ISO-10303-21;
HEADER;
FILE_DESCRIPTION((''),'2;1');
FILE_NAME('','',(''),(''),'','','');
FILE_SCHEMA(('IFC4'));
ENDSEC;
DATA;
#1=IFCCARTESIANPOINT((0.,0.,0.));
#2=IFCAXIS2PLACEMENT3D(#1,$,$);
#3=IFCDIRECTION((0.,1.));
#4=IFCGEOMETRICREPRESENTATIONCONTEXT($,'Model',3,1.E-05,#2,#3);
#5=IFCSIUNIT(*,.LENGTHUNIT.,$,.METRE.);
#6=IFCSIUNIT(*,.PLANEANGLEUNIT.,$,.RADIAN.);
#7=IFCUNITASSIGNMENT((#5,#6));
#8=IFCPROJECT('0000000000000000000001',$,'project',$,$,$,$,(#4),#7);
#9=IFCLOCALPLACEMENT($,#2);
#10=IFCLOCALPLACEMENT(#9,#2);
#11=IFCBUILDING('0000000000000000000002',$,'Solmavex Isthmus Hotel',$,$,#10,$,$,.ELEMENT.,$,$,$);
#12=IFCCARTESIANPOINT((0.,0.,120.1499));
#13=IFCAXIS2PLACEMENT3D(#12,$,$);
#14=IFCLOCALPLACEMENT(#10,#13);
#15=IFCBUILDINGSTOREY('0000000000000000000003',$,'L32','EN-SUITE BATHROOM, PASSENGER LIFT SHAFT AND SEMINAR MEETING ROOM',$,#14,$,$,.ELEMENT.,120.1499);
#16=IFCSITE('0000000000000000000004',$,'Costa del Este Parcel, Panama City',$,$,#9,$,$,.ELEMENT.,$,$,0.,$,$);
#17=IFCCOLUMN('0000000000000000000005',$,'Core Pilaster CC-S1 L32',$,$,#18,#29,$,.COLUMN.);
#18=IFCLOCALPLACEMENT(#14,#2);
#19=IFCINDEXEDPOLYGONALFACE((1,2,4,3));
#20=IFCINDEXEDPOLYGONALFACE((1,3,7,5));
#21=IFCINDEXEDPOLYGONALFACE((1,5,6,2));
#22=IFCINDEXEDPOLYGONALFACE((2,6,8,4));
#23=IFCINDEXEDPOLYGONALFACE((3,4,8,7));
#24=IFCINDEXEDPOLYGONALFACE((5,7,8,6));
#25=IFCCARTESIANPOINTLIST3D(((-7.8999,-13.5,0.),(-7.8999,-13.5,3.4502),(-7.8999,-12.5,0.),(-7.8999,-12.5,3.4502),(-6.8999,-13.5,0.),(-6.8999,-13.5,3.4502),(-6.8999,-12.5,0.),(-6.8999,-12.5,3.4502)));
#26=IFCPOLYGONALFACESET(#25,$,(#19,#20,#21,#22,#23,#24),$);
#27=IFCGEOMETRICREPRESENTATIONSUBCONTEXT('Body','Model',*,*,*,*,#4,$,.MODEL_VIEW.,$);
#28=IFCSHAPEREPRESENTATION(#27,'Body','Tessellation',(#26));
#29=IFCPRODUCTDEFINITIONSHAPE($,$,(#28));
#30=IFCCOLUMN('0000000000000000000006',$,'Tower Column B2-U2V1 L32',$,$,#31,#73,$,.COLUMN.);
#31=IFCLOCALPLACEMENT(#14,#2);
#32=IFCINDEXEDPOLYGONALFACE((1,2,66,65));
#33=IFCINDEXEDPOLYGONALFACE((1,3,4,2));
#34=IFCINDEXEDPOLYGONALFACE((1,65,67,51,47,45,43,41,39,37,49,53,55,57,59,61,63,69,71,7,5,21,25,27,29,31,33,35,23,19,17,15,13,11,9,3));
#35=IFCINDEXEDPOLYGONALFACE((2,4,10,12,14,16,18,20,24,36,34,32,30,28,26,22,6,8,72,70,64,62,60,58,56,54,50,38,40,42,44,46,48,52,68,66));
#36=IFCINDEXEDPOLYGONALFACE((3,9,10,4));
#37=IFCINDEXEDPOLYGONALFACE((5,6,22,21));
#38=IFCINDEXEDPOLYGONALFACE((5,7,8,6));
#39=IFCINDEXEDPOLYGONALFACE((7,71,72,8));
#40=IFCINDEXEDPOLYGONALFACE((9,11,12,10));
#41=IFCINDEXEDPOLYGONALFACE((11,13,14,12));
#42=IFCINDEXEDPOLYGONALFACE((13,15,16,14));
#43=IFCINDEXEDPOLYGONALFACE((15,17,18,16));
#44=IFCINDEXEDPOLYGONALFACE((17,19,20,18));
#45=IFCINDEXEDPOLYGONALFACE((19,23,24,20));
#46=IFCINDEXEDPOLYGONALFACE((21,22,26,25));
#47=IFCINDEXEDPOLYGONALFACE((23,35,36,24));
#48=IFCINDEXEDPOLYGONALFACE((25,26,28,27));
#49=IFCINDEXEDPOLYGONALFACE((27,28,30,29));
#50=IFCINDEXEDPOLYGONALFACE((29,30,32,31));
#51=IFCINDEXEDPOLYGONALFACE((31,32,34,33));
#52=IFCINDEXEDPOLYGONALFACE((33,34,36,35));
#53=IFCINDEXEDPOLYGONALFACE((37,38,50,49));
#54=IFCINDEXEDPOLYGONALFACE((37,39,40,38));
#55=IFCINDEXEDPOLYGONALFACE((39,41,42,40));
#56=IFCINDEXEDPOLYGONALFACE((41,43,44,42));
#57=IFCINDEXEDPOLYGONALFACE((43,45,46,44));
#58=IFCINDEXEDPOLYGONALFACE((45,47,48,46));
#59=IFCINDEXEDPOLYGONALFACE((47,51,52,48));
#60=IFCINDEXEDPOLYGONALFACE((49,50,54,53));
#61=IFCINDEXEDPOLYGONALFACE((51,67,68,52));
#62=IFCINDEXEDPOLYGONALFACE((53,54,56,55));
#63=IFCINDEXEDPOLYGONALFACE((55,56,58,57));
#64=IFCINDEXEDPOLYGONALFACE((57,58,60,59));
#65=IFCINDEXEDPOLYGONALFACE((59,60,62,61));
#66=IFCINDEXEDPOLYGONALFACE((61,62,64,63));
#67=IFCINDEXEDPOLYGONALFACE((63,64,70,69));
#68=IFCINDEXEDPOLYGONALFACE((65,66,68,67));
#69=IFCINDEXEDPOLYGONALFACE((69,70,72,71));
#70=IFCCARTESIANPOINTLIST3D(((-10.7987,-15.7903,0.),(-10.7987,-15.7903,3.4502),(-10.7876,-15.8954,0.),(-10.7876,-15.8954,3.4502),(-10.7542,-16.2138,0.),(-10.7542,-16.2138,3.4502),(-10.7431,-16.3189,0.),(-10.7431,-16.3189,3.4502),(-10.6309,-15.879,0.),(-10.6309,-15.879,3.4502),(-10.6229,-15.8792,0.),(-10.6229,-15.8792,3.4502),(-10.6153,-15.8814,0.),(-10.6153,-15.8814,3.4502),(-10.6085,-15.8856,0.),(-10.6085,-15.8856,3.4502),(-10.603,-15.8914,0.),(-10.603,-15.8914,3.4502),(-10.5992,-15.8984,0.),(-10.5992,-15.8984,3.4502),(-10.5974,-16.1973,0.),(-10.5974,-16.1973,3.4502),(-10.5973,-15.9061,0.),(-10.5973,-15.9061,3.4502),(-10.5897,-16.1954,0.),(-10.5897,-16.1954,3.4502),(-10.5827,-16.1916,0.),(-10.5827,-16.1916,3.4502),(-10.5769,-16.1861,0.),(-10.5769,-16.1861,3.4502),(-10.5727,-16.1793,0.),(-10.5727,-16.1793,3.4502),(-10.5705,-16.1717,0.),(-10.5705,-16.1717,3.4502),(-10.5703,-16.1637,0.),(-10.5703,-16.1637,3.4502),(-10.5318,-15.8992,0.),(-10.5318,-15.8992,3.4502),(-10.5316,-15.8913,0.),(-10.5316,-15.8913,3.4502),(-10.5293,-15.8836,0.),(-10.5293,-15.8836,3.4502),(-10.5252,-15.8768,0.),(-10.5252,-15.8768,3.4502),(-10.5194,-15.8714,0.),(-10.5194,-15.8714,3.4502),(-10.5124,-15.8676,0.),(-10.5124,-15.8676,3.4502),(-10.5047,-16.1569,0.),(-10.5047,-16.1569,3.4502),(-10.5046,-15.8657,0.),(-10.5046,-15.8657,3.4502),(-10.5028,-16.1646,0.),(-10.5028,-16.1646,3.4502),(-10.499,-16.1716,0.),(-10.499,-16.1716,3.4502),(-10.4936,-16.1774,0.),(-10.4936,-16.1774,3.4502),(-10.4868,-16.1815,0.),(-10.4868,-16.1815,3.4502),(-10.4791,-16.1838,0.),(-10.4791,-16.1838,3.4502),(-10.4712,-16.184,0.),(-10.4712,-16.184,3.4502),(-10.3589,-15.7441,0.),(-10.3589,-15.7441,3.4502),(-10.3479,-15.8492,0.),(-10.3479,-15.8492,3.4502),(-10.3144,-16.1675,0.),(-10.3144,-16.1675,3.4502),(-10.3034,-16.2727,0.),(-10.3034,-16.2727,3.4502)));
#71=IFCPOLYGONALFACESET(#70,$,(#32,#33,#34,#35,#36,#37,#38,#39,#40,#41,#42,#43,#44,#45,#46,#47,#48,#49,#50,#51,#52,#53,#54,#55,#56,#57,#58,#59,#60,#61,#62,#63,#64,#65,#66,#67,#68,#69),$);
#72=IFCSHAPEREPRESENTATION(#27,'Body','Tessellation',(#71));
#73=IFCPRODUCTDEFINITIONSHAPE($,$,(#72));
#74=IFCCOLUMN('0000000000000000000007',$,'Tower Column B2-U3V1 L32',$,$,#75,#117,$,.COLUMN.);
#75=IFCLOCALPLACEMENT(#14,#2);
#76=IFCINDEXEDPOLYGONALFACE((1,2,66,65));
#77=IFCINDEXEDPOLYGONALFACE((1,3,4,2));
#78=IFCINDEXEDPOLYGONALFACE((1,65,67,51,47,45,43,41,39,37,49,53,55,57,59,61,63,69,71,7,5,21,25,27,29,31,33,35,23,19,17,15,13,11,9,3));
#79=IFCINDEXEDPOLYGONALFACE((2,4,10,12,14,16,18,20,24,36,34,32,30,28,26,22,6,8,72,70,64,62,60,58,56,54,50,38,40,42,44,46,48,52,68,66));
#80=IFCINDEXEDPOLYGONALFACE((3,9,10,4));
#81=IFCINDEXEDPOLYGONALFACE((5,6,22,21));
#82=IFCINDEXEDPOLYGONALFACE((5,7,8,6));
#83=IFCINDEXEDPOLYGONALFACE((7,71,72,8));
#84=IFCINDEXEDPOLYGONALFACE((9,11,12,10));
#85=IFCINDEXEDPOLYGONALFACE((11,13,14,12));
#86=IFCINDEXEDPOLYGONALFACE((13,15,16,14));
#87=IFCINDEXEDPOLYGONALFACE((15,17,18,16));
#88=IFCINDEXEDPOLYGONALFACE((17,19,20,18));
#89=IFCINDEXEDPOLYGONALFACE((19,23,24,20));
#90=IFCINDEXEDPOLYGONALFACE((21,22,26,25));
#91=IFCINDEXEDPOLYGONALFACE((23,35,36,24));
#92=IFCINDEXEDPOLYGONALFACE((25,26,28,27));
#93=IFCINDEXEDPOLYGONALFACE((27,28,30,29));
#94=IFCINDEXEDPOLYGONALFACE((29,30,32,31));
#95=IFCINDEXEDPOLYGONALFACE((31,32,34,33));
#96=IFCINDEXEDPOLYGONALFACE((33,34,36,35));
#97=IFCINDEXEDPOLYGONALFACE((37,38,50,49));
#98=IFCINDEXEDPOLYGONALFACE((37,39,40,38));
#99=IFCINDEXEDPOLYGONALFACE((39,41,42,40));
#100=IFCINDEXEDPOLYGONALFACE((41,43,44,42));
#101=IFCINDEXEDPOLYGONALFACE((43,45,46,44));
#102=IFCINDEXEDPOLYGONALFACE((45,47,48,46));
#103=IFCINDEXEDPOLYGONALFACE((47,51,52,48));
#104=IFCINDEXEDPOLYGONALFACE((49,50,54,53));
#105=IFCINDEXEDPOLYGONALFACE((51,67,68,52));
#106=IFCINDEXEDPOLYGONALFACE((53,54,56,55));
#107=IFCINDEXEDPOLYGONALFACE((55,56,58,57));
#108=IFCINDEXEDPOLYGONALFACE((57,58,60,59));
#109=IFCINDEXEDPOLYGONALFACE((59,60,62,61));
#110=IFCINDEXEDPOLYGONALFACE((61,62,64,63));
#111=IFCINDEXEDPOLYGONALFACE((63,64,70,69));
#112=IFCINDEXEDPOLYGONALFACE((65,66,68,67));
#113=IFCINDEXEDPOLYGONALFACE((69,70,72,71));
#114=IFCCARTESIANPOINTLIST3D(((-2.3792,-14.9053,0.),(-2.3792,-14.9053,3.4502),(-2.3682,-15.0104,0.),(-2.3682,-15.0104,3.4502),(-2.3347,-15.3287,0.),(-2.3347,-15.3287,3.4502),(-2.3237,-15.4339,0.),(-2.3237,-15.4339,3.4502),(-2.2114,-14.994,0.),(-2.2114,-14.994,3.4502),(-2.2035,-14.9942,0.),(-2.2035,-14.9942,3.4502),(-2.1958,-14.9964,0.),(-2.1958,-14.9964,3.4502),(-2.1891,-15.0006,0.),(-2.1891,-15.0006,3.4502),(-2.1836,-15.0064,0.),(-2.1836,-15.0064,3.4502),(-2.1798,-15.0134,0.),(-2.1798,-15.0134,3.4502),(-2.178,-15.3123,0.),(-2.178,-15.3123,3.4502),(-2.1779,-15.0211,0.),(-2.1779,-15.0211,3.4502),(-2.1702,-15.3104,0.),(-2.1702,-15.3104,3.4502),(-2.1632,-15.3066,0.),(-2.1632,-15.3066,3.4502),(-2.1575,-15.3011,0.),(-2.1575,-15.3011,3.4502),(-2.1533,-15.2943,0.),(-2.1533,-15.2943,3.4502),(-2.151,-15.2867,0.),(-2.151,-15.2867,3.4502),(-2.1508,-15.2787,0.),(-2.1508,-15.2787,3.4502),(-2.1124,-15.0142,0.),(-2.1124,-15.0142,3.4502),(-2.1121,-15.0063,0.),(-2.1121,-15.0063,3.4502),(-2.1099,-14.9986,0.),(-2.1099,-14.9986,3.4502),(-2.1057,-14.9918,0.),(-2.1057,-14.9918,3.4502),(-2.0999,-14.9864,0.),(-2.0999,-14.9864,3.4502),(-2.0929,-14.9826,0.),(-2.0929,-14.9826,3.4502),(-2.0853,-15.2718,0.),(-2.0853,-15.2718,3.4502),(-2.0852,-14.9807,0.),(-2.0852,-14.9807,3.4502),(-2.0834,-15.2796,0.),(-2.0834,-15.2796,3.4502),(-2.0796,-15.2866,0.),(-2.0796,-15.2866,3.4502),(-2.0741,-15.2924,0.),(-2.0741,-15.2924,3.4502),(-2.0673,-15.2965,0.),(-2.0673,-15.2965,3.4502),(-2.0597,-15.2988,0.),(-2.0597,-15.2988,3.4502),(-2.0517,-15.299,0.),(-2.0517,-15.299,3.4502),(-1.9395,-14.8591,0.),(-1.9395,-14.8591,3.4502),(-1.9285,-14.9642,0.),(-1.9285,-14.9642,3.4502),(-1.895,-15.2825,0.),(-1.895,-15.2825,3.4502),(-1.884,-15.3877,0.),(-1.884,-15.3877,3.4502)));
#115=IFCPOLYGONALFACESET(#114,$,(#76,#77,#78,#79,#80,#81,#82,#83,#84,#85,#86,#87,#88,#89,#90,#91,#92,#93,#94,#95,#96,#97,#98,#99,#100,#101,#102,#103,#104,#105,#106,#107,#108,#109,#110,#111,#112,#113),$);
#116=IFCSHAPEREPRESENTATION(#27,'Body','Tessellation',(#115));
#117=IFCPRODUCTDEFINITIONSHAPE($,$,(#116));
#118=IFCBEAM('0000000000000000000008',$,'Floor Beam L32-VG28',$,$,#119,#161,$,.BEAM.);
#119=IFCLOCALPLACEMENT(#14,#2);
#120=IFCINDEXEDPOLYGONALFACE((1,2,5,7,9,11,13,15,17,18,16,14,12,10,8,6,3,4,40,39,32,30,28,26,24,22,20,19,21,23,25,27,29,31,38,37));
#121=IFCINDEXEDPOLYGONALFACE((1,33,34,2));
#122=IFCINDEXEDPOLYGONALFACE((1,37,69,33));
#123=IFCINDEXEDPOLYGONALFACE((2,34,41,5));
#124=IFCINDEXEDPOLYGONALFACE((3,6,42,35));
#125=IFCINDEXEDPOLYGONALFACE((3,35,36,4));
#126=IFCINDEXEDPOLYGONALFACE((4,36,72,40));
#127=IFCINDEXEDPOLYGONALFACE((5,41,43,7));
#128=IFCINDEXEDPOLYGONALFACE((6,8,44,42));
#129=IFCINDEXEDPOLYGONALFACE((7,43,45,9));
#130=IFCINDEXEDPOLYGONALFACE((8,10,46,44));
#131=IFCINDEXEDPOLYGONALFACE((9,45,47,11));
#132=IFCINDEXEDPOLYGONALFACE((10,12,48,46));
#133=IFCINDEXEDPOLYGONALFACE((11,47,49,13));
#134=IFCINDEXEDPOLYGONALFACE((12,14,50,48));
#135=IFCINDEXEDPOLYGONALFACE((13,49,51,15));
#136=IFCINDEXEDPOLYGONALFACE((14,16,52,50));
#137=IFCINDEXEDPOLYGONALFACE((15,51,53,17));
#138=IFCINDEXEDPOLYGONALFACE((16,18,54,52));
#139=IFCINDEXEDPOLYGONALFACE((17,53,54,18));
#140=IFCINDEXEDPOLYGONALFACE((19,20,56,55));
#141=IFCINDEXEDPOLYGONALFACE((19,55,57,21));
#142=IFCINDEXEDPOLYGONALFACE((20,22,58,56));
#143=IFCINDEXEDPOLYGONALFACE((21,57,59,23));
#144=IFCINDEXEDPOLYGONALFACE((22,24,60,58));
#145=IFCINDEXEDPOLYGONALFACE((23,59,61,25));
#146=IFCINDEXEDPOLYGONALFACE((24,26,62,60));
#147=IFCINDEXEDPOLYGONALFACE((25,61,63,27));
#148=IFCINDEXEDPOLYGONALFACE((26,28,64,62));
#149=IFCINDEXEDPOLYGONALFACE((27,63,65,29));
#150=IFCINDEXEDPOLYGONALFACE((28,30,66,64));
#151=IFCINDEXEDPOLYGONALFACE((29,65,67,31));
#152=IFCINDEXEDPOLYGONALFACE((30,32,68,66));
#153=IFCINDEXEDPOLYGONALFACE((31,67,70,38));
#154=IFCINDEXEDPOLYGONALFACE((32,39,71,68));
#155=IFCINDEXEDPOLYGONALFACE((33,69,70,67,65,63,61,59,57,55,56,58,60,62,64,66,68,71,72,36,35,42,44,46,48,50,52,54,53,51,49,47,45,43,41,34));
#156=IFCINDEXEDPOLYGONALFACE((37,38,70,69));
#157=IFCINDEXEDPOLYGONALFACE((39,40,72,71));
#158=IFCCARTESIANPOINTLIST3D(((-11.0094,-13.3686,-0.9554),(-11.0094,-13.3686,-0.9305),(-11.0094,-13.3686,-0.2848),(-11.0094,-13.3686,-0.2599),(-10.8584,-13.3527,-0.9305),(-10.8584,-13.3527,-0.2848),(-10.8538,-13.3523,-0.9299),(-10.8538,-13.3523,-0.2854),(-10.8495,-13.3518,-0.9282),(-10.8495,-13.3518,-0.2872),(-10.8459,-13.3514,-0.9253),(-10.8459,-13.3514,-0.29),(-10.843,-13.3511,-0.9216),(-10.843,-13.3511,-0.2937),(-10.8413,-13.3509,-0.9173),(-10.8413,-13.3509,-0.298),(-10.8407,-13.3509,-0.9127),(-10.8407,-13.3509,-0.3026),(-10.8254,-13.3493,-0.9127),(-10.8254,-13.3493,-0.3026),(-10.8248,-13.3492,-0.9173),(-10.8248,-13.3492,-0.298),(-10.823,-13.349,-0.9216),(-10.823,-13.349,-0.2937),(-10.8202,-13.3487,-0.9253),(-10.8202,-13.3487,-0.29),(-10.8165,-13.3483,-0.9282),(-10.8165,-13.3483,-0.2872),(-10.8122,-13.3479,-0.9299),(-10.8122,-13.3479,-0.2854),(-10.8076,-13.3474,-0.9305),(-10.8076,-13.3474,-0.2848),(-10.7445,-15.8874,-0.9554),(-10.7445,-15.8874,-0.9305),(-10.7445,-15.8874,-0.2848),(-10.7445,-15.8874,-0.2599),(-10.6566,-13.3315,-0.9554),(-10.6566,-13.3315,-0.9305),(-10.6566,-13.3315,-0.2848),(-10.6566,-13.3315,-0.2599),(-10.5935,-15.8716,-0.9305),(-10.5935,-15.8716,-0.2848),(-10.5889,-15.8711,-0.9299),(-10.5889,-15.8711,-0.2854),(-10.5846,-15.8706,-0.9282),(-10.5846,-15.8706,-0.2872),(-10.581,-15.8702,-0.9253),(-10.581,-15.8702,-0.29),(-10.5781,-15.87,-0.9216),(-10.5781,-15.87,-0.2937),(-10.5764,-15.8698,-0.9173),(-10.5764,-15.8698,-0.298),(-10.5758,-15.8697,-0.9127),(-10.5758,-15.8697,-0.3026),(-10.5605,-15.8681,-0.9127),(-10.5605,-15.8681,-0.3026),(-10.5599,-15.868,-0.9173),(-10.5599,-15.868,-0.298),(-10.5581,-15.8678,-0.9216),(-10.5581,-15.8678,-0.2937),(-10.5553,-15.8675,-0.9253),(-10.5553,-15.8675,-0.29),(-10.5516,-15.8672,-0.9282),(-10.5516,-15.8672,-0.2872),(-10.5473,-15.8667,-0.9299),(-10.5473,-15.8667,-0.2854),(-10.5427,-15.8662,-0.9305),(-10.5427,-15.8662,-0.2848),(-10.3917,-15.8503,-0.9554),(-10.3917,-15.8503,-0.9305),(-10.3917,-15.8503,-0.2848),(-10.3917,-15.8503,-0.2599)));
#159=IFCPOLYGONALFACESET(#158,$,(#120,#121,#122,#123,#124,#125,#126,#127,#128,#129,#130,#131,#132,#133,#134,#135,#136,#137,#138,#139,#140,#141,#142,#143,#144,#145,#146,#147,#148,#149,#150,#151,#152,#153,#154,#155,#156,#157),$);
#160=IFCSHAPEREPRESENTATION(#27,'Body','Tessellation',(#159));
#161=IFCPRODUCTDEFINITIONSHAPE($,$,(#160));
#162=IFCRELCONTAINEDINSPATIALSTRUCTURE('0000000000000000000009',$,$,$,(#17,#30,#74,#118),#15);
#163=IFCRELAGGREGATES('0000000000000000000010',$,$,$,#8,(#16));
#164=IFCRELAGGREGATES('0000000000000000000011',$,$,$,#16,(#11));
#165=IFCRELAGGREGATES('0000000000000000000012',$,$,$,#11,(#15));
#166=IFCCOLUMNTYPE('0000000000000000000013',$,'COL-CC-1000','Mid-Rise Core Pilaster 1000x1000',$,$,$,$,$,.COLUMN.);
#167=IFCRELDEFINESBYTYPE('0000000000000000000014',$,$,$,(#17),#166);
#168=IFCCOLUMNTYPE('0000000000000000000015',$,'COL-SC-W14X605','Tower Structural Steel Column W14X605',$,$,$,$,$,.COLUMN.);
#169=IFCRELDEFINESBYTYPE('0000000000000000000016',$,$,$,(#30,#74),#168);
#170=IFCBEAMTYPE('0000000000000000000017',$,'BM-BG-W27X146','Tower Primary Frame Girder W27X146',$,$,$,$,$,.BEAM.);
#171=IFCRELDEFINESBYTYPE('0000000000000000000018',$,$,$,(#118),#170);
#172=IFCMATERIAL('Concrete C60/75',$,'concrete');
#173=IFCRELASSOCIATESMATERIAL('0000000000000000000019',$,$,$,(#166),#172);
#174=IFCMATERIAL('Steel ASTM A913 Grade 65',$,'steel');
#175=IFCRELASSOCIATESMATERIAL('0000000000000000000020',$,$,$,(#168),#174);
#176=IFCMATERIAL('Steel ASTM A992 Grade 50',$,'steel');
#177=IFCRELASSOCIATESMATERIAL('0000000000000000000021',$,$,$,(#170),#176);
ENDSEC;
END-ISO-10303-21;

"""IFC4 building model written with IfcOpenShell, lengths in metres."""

from ifc_helpers import new_model, si_unit, direction, frame, origin, origin_2d, place, context, subcontext, project, spatial, rectangle, i_section, extrude, material, material_profile, profile_set, type_object, element, save


model = new_model("IFC4")

# Units and contexts
model_context = context("Model", 3, precision=1e-05, world=origin(), true_north=direction((0.0, 1.0)))
body_context = subcontext(model_context, "Body", "Model", "MODEL_VIEW")
ifc_project = project(units=[si_unit("LENGTHUNIT", "METRE"), si_unit("PLANEANGLEUNIT", "RADIAN")], contexts=[model_context])

# Site, building, storey
site_placement = place(None, origin())
site = spatial("IfcSite", under=ifc_project, at=site_placement, Name="Costa del Este Parcel, Panama City", CompositionType="ELEMENT", RefElevation=0.0)
building_placement = place(site_placement, origin())
building = spatial("IfcBuilding", under=site, at=building_placement, Name="Solmavex Isthmus Hotel", CompositionType="ELEMENT")
storey_placement = place(building_placement, frame((0.0, 0.0, 120.1499)))
storey = spatial("IfcBuildingStorey", under=building, at=storey_placement, Name="L32", Description="EN-SUITE BATHROOM, PASSENGER LIFT SHAFT AND SEMINAR MEETING ROOM", CompositionType="ELEMENT", Elevation=120.1499)

# Columns
ifc_material_1 = material(Name="Concrete C60/75", Category="concrete")
ifc_material_profile_1 = material_profile(ifc_material_1, rectangle(XDim=1.0, YDim=1.0, at=origin_2d()), Name="RC1000X1000")
ifc_profile_set_1 = profile_set([ifc_material_profile_1], Name="Concrete C60/75")
column_type_1 = type_object("IfcColumnType", Name="COL-CC-1000", Description="Mid-Rise Core Pilaster 1000x1000", PredefinedType="COLUMN", material=ifc_profile_set_1)
column_placement = place(storey_placement, frame((-7.3999, -13.0, 0.0), z_axis=(0.0, 0.0, 1.0), x_axis=(1.0, 0.0, 0.0)))
element("IfcColumn", 1, at=column_placement, inside=storey, type_object=column_type_1, Name="Core Pilaster CC-S1 L32", PredefinedType="COLUMN", context=body_context, shape_type="SweptSolid", body=[
    extrude(rectangle(XDim=1.0, YDim=1.0, at=origin_2d()), origin(), (0.0, 0.0, 1.0), 3.4502),
])
ifc_material_2 = material(Name="Steel ASTM A913 Grade 65", Category="steel")
ifc_material_profile_2 = material_profile(ifc_material_2, i_section(OverallWidth=0.4421, OverallDepth=0.5315, WebThickness=0.0659, FlangeThickness=0.1057, FilletRadius=0.0305, at=origin_2d()), Name="W14X605")
ifc_profile_set_2 = profile_set([ifc_material_profile_2], Name="Steel ASTM A913 Grade 65")
column_type_2 = type_object("IfcColumnType", Name="COL-SC-W14X605", Description="Tower Structural Steel Column W14X605", PredefinedType="COLUMN", material=ifc_profile_set_2)
for number, where, z_axis, x_axis, name in (
    (2, (-10.551, -16.0315, 0.0), (0.0, 0.0, 1.0), (0.994522, 0.104528, 0.0), "Tower Column B2-U2V1 L32"),
    (3, (-2.1316, -15.1465, 0.0), (0.0, 0.0, 1.0), (0.994522, 0.104528, 0.0), "Tower Column B2-U3V1 L32"),
):
    element("IfcColumn", number, at=place(storey_placement, frame(where, z_axis=z_axis, x_axis=x_axis)), inside=storey, type_object=column_type_2, Name=name, PredefinedType="COLUMN", context=body_context, shape_type="SweptSolid", body=[
        extrude(i_section(OverallWidth=0.4421, OverallDepth=0.5315, WebThickness=0.0659, FlangeThickness=0.1057, FilletRadius=0.0305, at=origin_2d()), origin(), (0.0, 0.0, 1.0), 3.4502),
    ])

# Beam
ifc_material_3 = material(Name="Steel ASTM A992 Grade 50", Category="steel")
ifc_material_profile_3 = material_profile(ifc_material_3, i_section(OverallWidth=0.3547, OverallDepth=0.6956, WebThickness=0.0154, FlangeThickness=0.0249, FilletRadius=0.0178, at=origin_2d()), Name="W27X146")
ifc_profile_set_3 = profile_set([ifc_material_profile_3], Name="Steel ASTM A992 Grade 50")
beam_type_1 = type_object("IfcBeamType", Name="BM-BG-W27X146", Description="Tower Primary Frame Girder W27X146", PredefinedType="BEAM", material=ifc_profile_set_3)
beam_1_placement = place(storey_placement, frame((-10.5681, -15.8689, -0.6077), z_axis=(-0.104589, 0.994515, 0.0), x_axis=(-0.994515, -0.104589, 0.0)))
element("IfcBeam", 4, at=beam_1_placement, inside=storey, type_object=beam_type_1, Name="Floor Beam L32-VG28", PredefinedType="BEAM", context=body_context, shape_type="SweptSolid", body=[
    extrude(i_section(OverallWidth=0.3547, OverallDepth=0.6956, WebThickness=0.0154, FlangeThickness=0.0249, FilletRadius=0.0178, at=origin_2d()), origin(), (0.0, 0.0, 1.0), 2.5327),
])

save(model, "model.ifc")
